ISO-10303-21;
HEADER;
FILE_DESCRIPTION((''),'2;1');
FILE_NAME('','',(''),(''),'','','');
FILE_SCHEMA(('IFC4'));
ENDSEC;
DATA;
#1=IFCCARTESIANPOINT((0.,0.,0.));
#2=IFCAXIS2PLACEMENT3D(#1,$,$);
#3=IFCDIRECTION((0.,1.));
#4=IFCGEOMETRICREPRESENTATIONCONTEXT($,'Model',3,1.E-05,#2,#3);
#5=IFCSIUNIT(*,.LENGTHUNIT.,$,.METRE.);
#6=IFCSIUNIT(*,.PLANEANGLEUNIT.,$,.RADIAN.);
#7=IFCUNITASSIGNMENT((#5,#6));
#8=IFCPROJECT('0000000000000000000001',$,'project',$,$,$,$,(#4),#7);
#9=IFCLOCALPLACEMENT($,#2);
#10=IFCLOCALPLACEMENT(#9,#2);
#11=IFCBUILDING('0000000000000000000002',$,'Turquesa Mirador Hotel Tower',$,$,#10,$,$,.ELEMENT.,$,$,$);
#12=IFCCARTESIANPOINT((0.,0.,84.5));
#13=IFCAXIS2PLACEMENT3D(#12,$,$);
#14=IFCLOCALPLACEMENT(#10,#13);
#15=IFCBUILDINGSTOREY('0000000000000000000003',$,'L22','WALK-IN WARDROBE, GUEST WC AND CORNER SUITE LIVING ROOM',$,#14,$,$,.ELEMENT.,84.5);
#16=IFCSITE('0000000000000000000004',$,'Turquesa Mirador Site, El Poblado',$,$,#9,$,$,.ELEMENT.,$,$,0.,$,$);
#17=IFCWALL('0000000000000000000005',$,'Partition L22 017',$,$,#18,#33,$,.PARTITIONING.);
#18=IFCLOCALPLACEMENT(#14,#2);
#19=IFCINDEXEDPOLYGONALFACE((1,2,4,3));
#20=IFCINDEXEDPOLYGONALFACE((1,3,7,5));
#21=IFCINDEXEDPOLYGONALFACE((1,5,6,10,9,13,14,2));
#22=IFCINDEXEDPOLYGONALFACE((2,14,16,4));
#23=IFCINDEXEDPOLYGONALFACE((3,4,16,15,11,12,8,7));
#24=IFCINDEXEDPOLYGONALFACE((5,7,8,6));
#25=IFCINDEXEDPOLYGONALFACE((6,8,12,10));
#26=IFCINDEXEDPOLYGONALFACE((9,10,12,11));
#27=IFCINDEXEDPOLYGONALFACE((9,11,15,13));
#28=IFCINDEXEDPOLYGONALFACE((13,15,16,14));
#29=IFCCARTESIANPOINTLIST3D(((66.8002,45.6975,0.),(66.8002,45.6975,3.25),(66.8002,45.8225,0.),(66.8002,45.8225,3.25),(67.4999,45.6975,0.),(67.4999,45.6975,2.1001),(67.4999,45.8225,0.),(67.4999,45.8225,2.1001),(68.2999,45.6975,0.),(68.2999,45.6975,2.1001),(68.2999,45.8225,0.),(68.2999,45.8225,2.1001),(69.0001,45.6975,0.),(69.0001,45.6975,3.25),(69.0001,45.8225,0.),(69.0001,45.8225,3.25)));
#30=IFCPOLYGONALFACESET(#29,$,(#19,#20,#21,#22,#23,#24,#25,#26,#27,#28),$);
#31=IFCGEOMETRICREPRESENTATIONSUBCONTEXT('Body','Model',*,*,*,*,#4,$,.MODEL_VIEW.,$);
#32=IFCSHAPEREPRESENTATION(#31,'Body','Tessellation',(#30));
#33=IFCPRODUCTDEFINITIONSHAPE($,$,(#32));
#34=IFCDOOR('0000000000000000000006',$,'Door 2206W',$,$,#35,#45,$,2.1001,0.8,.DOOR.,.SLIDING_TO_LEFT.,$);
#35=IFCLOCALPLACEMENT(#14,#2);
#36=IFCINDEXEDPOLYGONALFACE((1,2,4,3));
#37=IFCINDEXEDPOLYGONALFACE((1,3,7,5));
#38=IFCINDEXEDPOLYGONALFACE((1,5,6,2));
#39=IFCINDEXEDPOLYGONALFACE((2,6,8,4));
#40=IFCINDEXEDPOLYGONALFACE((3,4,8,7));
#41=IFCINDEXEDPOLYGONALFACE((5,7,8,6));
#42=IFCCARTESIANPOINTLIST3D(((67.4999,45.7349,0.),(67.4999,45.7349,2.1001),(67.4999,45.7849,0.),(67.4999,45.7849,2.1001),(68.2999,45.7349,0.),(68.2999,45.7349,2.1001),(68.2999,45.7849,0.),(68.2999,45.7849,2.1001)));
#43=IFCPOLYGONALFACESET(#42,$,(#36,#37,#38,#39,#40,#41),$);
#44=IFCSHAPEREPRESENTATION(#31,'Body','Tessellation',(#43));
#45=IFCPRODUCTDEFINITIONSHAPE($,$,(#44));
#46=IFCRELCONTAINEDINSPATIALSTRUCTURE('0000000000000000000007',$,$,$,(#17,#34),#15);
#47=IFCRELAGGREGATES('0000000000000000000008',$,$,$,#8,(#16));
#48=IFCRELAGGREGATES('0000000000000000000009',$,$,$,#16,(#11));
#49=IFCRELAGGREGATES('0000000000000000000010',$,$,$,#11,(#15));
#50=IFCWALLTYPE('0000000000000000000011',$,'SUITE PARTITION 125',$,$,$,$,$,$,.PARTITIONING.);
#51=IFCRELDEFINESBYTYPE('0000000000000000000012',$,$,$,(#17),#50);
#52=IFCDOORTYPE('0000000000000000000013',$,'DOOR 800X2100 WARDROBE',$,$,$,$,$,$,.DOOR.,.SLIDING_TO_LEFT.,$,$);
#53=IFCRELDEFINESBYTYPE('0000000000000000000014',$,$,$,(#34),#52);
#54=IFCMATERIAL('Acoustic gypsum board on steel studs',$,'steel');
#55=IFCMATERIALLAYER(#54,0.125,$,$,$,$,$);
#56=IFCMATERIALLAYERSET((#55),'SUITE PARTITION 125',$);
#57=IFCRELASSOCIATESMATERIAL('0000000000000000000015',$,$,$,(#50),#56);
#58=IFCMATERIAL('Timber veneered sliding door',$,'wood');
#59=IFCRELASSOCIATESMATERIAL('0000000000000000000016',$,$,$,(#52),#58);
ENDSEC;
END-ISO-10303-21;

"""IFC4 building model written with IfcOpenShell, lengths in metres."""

from ifc_helpers import new_model, si_unit, direction, frame, frame_2d, origin, place, context, subcontext, project, spatial, rectangle, extrude, material, layer, layer_set, type_object, element, fill, save


model = new_model("IFC4")

# Units and contexts
model_context = context("Model", 3, precision=1e-05, world=origin(), true_north=direction((0.0, 1.0)))
body_context = subcontext(model_context, "Body", "Model", "MODEL_VIEW")
ifc_project = project(units=[si_unit("LENGTHUNIT", "METRE"), si_unit("PLANEANGLEUNIT", "RADIAN")], contexts=[model_context])

# Site, building, storey
site_placement = place(None, origin())
site = spatial("IfcSite", under=ifc_project, at=site_placement, Name="Turquesa Mirador Site, El Poblado", CompositionType="ELEMENT", RefElevation=0.0)
building_placement = place(site_placement, origin())
building = spatial("IfcBuilding", under=site, at=building_placement, Name="Turquesa Mirador Hotel Tower", CompositionType="ELEMENT")
storey_placement = place(building_placement, frame((0.0, 0.0, 84.5)))
storey = spatial("IfcBuildingStorey", under=building, at=storey_placement, Name="L22", Description="WALK-IN WARDROBE, GUEST WC AND CORNER SUITE LIVING ROOM", CompositionType="ELEMENT", Elevation=84.5)

# Wall, opening, door
ifc_material_1 = material(Name="Acoustic gypsum board on steel studs", Category="steel")
ifc_layer_1 = layer(ifc_material_1, 0.125)
ifc_layer_set_1 = layer_set([ifc_layer_1], Name="SUITE PARTITION 125")
wall_type_1 = type_object("IfcWallType", Name="SUITE PARTITION 125", PredefinedType="PARTITIONING", material=ifc_layer_set_1)
wall_1_placement = place(storey_placement, frame((66.8, 45.76, 0.0), z_axis=(0.0, 0.0, 1.0), x_axis=(1.0, 0.0, 0.0)))
wall_1 = element("IfcWall", 1, at=wall_1_placement, inside=storey, type_object=wall_type_1, Name="Partition L22 017", PredefinedType="PARTITIONING", context=body_context, shape_type="SweptSolid", body=[
    extrude(rectangle(XDim=2.2, YDim=0.125, at=frame_2d((1.1001, 0.0))), origin(), (0.0, 0.0, 1.0), 3.25),
])
opening_1_placement = place(wall_1_placement, frame((0.7, 0.0, 0.0)))
opening_1 = element("IfcOpeningElement", 2, at=opening_1_placement, cuts=wall_1, PredefinedType="OPENING", context=body_context, shape_type="SweptSolid", body=[
    extrude(rectangle(XDim=0.8, YDim=2.1001, at=frame_2d((0.3999, 1.05))), frame((0.0, 0.0725, 0.0), z_axis=(0.0, -1.0, 0.0), x_axis=(1.0, 0.0, 0.0)), (0.0, 0.0, 1.0), 0.145),
])
ifc_material_2 = material(Name="Timber veneered sliding door", Category="wood")
door_type_1 = type_object("IfcDoorType", Name="DOOR 800X2100 WARDROBE", OperationType="SLIDING_TO_LEFT", PredefinedType="DOOR", material=ifc_material_2)
door_1_placement = place(opening_1_placement, origin())
door_1 = element("IfcDoor", 3, at=door_1_placement, inside=storey, type_object=door_type_1, Name="Door 2206W", OperationType="SLIDING_TO_LEFT", OverallHeight=2.1001, OverallWidth=0.8, PredefinedType="DOOR", context=body_context, shape_type="SweptSolid", body=[
    extrude(rectangle(XDim=0.8, YDim=2.1001, at=frame_2d((0.3999, 1.05))), frame((0.0, 0.0249, 0.0), z_axis=(0.0, -1.0, 0.0), x_axis=(1.0, 0.0, 0.0)), (0.0, 0.0, 1.0), 0.05),
])
fill(opening_1, door_1)

save(model, "model.ifc")
